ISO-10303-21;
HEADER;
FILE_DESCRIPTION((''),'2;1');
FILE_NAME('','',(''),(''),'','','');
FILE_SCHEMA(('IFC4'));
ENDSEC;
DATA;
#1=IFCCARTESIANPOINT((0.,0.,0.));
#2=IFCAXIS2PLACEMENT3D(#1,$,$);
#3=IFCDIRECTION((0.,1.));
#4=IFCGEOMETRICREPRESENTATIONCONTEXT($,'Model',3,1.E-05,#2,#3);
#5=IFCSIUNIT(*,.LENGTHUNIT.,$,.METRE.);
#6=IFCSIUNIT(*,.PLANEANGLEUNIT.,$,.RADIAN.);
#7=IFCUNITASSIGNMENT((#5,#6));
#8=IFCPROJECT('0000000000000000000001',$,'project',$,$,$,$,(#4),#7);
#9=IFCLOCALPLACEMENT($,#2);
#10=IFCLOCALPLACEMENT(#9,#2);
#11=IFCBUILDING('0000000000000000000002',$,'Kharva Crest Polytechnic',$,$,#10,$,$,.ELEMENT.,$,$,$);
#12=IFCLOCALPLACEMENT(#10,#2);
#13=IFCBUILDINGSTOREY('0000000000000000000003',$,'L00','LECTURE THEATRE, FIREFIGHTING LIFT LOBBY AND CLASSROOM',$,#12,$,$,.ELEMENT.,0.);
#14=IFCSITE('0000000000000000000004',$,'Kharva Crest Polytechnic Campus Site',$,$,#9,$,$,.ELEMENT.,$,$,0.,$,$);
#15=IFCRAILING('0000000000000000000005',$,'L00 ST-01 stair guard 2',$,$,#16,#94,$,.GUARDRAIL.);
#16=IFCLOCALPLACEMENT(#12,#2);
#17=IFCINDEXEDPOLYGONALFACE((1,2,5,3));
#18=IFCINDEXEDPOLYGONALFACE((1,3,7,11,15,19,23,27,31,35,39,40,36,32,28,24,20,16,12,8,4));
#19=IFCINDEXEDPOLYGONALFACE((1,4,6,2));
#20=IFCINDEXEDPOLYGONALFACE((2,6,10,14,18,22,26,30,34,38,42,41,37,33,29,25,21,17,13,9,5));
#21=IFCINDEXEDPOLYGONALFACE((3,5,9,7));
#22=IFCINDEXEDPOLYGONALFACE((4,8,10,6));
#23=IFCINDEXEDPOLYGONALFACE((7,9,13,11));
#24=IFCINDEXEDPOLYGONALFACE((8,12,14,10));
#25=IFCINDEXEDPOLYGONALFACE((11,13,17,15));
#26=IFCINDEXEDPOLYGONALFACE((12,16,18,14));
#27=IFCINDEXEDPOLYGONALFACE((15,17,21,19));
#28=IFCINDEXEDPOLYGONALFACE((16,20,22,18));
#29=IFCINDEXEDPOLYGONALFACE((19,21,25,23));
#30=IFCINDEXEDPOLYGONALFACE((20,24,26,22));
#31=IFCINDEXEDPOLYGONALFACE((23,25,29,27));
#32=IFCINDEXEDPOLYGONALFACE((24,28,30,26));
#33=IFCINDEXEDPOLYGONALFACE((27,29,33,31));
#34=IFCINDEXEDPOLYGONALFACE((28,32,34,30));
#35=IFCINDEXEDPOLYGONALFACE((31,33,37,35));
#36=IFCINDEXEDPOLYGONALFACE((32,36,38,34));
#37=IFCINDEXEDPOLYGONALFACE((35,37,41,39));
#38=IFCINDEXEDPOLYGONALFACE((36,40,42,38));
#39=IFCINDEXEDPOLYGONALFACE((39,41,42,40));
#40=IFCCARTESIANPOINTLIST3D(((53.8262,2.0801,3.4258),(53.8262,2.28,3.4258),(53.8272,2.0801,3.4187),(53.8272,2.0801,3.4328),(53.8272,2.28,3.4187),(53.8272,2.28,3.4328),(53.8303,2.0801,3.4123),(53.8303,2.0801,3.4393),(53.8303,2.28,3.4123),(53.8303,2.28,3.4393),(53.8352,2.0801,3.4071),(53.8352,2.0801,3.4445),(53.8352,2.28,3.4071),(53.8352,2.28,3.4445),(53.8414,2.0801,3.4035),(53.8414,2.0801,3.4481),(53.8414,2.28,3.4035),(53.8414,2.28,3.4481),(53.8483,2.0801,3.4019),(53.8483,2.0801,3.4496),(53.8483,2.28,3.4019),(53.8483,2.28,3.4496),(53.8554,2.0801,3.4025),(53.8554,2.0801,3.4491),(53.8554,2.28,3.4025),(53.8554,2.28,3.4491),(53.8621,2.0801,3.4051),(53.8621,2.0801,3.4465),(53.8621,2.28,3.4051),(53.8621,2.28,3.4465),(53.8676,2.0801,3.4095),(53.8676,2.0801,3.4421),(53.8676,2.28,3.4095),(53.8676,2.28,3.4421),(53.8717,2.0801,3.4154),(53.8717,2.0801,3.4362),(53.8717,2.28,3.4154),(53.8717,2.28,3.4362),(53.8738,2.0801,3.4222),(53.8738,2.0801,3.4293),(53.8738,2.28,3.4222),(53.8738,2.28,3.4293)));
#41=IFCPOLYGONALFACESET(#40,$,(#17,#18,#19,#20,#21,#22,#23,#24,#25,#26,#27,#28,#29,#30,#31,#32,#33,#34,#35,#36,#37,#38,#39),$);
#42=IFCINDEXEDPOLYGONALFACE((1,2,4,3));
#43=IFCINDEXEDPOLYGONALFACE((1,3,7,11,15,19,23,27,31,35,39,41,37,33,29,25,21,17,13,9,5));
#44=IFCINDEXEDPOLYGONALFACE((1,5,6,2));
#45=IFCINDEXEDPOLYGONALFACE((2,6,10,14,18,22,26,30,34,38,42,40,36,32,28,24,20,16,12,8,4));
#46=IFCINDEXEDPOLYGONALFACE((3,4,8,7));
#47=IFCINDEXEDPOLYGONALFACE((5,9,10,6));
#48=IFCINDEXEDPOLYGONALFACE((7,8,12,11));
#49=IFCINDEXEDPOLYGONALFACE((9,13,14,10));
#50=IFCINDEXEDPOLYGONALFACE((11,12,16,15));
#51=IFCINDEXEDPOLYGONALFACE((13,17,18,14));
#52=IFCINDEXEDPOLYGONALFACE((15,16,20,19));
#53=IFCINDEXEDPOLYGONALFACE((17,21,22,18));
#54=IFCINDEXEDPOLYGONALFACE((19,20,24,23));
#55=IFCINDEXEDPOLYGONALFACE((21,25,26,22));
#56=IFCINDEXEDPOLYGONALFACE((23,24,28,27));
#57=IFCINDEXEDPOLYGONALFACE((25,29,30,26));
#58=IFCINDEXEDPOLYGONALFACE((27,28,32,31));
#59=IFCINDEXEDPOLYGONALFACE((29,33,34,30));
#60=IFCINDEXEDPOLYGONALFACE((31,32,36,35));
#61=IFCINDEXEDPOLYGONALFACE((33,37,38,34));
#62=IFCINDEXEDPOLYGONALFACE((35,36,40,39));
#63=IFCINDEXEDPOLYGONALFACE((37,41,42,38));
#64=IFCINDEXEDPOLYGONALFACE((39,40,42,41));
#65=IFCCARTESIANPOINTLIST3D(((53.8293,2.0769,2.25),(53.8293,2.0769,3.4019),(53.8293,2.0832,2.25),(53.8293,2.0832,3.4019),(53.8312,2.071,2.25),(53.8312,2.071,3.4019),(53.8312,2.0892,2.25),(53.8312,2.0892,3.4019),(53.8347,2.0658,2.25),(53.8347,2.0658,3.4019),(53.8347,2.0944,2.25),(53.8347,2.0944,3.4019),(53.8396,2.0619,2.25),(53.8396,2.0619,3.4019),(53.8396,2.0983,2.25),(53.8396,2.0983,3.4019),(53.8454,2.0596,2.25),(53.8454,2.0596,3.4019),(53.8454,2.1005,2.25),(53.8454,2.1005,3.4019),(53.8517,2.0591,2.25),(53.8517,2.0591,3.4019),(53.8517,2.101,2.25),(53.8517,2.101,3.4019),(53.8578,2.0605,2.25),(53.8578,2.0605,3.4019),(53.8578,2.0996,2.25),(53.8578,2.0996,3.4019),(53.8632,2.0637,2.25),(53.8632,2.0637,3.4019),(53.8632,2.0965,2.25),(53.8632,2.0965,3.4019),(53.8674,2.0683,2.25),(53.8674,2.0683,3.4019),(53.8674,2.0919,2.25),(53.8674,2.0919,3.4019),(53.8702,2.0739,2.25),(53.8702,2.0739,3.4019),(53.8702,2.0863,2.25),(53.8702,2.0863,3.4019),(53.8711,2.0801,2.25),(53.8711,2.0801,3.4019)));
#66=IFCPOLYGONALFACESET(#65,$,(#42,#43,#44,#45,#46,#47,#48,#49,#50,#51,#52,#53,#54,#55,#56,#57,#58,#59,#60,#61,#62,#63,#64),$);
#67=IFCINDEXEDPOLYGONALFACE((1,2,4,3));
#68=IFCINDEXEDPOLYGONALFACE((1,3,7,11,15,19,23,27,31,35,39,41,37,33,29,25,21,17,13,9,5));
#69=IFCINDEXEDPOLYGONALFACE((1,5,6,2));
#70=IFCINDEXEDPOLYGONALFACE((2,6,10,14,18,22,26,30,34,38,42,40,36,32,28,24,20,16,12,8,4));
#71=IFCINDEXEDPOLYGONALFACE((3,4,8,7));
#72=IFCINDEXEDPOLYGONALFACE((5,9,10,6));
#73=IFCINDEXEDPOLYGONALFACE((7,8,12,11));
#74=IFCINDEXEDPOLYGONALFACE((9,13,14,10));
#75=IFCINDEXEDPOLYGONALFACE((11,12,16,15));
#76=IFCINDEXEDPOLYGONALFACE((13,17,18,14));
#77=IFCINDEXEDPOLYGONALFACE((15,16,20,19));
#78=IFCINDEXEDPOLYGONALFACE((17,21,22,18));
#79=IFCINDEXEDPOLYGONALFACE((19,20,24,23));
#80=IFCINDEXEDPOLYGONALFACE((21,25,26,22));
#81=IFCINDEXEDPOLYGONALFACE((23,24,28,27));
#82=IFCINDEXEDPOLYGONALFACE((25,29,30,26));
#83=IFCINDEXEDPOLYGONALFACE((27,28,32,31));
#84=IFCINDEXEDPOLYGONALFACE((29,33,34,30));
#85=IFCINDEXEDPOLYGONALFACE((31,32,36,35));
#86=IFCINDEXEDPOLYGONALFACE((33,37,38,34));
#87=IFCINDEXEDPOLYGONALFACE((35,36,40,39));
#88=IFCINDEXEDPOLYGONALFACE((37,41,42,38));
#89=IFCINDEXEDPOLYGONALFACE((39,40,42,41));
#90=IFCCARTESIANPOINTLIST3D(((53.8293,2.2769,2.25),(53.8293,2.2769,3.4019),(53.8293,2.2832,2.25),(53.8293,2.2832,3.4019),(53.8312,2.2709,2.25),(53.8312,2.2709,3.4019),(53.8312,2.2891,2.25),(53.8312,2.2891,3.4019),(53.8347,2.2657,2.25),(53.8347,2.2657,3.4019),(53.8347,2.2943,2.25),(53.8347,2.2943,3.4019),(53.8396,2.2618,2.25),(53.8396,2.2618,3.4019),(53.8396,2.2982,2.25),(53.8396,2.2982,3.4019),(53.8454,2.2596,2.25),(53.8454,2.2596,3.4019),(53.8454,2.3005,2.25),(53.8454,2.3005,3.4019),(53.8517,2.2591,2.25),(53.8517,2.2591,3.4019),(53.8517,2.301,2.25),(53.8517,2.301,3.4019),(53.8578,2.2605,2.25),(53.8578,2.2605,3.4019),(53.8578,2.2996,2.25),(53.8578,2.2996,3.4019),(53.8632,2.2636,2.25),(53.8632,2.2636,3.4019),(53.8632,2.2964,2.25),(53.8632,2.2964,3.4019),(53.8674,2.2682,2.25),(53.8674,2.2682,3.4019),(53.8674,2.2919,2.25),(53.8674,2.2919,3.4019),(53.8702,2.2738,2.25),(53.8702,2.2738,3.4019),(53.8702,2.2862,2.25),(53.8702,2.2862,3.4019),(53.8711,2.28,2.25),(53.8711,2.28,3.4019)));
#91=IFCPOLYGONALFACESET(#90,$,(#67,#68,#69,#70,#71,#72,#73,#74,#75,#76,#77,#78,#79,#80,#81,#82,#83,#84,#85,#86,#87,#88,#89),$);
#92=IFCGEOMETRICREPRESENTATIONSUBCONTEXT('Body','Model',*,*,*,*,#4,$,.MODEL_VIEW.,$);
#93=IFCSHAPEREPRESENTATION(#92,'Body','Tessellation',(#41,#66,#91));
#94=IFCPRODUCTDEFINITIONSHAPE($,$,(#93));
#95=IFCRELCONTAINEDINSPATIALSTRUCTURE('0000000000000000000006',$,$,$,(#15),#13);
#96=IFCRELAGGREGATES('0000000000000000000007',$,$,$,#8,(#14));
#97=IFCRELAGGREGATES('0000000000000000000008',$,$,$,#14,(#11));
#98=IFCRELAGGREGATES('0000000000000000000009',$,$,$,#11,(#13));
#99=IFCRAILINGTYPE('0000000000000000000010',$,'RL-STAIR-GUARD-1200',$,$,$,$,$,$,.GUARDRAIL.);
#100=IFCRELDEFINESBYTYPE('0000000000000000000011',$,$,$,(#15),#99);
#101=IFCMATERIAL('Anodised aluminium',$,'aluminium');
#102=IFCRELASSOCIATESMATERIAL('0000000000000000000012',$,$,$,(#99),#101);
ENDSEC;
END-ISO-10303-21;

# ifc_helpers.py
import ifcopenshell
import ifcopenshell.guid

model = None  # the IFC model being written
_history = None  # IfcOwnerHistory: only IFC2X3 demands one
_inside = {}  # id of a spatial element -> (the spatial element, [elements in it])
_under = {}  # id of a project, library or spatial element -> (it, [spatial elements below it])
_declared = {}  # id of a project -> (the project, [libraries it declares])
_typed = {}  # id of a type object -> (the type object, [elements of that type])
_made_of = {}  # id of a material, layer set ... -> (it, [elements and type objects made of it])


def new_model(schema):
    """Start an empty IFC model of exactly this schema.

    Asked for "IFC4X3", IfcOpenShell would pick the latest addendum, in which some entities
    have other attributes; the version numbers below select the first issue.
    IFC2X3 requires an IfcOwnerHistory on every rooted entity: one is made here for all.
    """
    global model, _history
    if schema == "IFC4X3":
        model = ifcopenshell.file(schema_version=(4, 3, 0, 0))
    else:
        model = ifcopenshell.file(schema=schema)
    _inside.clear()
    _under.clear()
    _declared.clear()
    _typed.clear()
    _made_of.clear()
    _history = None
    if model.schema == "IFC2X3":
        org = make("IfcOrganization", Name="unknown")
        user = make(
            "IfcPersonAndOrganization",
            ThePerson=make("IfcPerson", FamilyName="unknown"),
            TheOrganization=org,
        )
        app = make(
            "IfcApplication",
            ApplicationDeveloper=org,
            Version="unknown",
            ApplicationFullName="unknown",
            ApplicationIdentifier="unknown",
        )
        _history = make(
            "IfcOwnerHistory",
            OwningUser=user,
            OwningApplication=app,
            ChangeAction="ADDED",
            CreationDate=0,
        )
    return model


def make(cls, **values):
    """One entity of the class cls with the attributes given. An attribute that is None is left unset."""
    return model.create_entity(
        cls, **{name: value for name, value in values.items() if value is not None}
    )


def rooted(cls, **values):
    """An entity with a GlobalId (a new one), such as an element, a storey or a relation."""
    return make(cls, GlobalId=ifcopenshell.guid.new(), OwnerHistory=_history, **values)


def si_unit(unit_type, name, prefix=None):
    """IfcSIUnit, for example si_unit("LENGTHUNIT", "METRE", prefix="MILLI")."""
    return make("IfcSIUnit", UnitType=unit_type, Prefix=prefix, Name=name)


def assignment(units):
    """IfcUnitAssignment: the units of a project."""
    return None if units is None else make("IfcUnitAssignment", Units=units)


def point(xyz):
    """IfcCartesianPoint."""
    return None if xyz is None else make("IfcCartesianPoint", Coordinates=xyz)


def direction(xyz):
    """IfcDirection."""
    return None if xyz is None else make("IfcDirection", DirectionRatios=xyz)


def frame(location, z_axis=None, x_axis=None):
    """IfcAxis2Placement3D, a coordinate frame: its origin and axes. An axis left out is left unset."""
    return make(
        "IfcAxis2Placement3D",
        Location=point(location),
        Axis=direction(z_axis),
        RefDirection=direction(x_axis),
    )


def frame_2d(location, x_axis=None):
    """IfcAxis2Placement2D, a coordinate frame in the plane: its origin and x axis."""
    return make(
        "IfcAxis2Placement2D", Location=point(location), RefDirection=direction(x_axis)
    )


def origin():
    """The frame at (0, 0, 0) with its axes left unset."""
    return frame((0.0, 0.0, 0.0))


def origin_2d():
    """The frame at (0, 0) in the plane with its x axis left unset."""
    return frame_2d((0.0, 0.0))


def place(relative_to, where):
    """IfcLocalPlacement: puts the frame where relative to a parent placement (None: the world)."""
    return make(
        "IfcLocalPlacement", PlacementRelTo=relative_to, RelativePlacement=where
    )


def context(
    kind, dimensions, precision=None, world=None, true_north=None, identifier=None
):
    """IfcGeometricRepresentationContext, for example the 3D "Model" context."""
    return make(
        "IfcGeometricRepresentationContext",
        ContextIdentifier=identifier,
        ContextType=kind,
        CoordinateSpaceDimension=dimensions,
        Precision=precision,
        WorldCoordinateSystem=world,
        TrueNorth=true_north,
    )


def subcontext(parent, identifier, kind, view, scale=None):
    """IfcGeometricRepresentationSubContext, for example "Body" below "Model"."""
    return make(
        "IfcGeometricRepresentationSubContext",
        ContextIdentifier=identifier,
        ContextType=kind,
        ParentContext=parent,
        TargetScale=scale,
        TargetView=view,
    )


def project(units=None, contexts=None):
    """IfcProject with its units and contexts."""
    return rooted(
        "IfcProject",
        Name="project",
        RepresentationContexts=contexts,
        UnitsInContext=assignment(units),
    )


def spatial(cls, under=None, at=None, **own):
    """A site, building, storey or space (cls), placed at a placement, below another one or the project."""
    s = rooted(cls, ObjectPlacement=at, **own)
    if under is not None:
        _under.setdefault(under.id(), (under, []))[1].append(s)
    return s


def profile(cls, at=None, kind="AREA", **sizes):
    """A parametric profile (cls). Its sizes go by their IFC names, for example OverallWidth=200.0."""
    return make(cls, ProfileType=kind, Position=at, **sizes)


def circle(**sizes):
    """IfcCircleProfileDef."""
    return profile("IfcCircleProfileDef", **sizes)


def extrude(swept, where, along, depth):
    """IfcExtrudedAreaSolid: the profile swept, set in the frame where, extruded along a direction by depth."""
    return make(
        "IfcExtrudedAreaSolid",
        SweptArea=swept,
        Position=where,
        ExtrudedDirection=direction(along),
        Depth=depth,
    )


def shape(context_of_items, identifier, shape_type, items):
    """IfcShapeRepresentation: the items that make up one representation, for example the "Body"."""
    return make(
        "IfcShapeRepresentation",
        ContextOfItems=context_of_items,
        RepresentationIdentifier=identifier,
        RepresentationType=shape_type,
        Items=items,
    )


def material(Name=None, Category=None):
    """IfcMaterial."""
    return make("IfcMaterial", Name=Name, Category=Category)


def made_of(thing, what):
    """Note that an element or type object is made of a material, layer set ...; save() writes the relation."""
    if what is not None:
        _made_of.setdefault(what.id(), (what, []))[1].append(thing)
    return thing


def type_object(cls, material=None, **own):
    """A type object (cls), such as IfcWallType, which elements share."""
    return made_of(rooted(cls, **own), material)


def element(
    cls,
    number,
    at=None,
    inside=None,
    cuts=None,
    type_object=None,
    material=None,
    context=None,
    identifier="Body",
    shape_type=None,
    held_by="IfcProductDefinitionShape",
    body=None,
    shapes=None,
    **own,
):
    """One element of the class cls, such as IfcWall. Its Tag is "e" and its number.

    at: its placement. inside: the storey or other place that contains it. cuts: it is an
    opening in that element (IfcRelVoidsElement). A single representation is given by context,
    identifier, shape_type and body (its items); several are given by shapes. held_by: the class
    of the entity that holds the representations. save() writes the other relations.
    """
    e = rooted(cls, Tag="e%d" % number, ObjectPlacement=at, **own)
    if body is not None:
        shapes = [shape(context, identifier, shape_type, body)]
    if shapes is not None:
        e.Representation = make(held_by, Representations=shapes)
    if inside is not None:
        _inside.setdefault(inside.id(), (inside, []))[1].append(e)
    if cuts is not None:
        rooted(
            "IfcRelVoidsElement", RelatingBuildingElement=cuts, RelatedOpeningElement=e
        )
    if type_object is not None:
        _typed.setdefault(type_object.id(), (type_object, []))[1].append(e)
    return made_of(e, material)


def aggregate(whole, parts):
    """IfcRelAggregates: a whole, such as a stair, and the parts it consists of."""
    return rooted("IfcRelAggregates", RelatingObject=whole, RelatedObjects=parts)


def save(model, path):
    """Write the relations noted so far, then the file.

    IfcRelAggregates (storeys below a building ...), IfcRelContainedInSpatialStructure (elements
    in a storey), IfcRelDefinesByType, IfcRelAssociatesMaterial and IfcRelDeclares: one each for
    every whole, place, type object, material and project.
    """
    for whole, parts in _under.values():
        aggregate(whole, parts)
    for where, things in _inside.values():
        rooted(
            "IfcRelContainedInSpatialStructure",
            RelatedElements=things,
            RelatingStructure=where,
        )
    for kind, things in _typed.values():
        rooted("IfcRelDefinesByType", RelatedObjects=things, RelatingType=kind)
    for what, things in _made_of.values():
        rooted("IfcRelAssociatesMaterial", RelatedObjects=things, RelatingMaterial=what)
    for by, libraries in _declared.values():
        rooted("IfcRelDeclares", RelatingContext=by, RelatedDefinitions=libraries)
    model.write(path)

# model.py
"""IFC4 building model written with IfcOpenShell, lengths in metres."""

from ifc_helpers import new_model, si_unit, direction, frame, origin, origin_2d, place, context, subcontext, project, spatial, circle, extrude, material, type_object, element, save


model = new_model("IFC4")

# Units and contexts
model_context = context("Model", 3, precision=1e-05, world=origin(), true_north=direction((0.0, 1.0)))
body_context = subcontext(model_context, "Body", "Model", "MODEL_VIEW")
ifc_project = project(units=[si_unit("LENGTHUNIT", "METRE"), si_unit("PLANEANGLEUNIT", "RADIAN")], contexts=[model_context])

# Site, building, storey
site_placement = place(None, origin())
site = spatial("IfcSite", under=ifc_project, at=site_placement, Name="Kharva Crest Polytechnic Campus Site", CompositionType="ELEMENT", RefElevation=0.0)
building_placement = place(site_placement, origin())
building = spatial("IfcBuilding", under=site, at=building_placement, Name="Kharva Crest Polytechnic", CompositionType="ELEMENT")
storey_placement = place(building_placement, origin())
storey = spatial("IfcBuildingStorey", under=building, at=storey_placement, Name="L00", Description="LECTURE THEATRE, FIREFIGHTING LIFT LOBBY AND CLASSROOM", CompositionType="ELEMENT", Elevation=0.0)

# Shared definitions
ifc_material_1 = material(Name="Anodised aluminium", Category="aluminium")

# Railing
railing_type_1 = type_object("IfcRailingType", Name="RL-STAIR-GUARD-1200", PredefinedType="GUARDRAIL", material=ifc_material_1)
railing_1_placement = place(storey_placement, frame((53.8501, 2.0801, 2.25)))
element("IfcRailing", 1, at=railing_1_placement, inside=storey, type_object=railing_type_1, Name="L00 ST-01 stair guard 2", PredefinedType="GUARDRAIL", context=body_context, shape_type="SweptSolid", body=[
    extrude(circle(Radius=0.0239, at=origin_2d()), frame((0.0, 0.0, 1.1758), z_axis=(0.0, 1.0, 0.0), x_axis=(-1.0, 0.0, 0.0)), (0.0, 0.0, 1.0), 0.2),
    extrude(circle(Radius=0.021, at=origin_2d()), origin(), (0.0, 0.0, 1.0), 1.1519),
    extrude(circle(Radius=0.021, at=origin_2d()), frame((0.0, 0.2, 0.0)), (0.0, 0.0, 1.0), 1.1519),
])

save(model, "model.ifc")
